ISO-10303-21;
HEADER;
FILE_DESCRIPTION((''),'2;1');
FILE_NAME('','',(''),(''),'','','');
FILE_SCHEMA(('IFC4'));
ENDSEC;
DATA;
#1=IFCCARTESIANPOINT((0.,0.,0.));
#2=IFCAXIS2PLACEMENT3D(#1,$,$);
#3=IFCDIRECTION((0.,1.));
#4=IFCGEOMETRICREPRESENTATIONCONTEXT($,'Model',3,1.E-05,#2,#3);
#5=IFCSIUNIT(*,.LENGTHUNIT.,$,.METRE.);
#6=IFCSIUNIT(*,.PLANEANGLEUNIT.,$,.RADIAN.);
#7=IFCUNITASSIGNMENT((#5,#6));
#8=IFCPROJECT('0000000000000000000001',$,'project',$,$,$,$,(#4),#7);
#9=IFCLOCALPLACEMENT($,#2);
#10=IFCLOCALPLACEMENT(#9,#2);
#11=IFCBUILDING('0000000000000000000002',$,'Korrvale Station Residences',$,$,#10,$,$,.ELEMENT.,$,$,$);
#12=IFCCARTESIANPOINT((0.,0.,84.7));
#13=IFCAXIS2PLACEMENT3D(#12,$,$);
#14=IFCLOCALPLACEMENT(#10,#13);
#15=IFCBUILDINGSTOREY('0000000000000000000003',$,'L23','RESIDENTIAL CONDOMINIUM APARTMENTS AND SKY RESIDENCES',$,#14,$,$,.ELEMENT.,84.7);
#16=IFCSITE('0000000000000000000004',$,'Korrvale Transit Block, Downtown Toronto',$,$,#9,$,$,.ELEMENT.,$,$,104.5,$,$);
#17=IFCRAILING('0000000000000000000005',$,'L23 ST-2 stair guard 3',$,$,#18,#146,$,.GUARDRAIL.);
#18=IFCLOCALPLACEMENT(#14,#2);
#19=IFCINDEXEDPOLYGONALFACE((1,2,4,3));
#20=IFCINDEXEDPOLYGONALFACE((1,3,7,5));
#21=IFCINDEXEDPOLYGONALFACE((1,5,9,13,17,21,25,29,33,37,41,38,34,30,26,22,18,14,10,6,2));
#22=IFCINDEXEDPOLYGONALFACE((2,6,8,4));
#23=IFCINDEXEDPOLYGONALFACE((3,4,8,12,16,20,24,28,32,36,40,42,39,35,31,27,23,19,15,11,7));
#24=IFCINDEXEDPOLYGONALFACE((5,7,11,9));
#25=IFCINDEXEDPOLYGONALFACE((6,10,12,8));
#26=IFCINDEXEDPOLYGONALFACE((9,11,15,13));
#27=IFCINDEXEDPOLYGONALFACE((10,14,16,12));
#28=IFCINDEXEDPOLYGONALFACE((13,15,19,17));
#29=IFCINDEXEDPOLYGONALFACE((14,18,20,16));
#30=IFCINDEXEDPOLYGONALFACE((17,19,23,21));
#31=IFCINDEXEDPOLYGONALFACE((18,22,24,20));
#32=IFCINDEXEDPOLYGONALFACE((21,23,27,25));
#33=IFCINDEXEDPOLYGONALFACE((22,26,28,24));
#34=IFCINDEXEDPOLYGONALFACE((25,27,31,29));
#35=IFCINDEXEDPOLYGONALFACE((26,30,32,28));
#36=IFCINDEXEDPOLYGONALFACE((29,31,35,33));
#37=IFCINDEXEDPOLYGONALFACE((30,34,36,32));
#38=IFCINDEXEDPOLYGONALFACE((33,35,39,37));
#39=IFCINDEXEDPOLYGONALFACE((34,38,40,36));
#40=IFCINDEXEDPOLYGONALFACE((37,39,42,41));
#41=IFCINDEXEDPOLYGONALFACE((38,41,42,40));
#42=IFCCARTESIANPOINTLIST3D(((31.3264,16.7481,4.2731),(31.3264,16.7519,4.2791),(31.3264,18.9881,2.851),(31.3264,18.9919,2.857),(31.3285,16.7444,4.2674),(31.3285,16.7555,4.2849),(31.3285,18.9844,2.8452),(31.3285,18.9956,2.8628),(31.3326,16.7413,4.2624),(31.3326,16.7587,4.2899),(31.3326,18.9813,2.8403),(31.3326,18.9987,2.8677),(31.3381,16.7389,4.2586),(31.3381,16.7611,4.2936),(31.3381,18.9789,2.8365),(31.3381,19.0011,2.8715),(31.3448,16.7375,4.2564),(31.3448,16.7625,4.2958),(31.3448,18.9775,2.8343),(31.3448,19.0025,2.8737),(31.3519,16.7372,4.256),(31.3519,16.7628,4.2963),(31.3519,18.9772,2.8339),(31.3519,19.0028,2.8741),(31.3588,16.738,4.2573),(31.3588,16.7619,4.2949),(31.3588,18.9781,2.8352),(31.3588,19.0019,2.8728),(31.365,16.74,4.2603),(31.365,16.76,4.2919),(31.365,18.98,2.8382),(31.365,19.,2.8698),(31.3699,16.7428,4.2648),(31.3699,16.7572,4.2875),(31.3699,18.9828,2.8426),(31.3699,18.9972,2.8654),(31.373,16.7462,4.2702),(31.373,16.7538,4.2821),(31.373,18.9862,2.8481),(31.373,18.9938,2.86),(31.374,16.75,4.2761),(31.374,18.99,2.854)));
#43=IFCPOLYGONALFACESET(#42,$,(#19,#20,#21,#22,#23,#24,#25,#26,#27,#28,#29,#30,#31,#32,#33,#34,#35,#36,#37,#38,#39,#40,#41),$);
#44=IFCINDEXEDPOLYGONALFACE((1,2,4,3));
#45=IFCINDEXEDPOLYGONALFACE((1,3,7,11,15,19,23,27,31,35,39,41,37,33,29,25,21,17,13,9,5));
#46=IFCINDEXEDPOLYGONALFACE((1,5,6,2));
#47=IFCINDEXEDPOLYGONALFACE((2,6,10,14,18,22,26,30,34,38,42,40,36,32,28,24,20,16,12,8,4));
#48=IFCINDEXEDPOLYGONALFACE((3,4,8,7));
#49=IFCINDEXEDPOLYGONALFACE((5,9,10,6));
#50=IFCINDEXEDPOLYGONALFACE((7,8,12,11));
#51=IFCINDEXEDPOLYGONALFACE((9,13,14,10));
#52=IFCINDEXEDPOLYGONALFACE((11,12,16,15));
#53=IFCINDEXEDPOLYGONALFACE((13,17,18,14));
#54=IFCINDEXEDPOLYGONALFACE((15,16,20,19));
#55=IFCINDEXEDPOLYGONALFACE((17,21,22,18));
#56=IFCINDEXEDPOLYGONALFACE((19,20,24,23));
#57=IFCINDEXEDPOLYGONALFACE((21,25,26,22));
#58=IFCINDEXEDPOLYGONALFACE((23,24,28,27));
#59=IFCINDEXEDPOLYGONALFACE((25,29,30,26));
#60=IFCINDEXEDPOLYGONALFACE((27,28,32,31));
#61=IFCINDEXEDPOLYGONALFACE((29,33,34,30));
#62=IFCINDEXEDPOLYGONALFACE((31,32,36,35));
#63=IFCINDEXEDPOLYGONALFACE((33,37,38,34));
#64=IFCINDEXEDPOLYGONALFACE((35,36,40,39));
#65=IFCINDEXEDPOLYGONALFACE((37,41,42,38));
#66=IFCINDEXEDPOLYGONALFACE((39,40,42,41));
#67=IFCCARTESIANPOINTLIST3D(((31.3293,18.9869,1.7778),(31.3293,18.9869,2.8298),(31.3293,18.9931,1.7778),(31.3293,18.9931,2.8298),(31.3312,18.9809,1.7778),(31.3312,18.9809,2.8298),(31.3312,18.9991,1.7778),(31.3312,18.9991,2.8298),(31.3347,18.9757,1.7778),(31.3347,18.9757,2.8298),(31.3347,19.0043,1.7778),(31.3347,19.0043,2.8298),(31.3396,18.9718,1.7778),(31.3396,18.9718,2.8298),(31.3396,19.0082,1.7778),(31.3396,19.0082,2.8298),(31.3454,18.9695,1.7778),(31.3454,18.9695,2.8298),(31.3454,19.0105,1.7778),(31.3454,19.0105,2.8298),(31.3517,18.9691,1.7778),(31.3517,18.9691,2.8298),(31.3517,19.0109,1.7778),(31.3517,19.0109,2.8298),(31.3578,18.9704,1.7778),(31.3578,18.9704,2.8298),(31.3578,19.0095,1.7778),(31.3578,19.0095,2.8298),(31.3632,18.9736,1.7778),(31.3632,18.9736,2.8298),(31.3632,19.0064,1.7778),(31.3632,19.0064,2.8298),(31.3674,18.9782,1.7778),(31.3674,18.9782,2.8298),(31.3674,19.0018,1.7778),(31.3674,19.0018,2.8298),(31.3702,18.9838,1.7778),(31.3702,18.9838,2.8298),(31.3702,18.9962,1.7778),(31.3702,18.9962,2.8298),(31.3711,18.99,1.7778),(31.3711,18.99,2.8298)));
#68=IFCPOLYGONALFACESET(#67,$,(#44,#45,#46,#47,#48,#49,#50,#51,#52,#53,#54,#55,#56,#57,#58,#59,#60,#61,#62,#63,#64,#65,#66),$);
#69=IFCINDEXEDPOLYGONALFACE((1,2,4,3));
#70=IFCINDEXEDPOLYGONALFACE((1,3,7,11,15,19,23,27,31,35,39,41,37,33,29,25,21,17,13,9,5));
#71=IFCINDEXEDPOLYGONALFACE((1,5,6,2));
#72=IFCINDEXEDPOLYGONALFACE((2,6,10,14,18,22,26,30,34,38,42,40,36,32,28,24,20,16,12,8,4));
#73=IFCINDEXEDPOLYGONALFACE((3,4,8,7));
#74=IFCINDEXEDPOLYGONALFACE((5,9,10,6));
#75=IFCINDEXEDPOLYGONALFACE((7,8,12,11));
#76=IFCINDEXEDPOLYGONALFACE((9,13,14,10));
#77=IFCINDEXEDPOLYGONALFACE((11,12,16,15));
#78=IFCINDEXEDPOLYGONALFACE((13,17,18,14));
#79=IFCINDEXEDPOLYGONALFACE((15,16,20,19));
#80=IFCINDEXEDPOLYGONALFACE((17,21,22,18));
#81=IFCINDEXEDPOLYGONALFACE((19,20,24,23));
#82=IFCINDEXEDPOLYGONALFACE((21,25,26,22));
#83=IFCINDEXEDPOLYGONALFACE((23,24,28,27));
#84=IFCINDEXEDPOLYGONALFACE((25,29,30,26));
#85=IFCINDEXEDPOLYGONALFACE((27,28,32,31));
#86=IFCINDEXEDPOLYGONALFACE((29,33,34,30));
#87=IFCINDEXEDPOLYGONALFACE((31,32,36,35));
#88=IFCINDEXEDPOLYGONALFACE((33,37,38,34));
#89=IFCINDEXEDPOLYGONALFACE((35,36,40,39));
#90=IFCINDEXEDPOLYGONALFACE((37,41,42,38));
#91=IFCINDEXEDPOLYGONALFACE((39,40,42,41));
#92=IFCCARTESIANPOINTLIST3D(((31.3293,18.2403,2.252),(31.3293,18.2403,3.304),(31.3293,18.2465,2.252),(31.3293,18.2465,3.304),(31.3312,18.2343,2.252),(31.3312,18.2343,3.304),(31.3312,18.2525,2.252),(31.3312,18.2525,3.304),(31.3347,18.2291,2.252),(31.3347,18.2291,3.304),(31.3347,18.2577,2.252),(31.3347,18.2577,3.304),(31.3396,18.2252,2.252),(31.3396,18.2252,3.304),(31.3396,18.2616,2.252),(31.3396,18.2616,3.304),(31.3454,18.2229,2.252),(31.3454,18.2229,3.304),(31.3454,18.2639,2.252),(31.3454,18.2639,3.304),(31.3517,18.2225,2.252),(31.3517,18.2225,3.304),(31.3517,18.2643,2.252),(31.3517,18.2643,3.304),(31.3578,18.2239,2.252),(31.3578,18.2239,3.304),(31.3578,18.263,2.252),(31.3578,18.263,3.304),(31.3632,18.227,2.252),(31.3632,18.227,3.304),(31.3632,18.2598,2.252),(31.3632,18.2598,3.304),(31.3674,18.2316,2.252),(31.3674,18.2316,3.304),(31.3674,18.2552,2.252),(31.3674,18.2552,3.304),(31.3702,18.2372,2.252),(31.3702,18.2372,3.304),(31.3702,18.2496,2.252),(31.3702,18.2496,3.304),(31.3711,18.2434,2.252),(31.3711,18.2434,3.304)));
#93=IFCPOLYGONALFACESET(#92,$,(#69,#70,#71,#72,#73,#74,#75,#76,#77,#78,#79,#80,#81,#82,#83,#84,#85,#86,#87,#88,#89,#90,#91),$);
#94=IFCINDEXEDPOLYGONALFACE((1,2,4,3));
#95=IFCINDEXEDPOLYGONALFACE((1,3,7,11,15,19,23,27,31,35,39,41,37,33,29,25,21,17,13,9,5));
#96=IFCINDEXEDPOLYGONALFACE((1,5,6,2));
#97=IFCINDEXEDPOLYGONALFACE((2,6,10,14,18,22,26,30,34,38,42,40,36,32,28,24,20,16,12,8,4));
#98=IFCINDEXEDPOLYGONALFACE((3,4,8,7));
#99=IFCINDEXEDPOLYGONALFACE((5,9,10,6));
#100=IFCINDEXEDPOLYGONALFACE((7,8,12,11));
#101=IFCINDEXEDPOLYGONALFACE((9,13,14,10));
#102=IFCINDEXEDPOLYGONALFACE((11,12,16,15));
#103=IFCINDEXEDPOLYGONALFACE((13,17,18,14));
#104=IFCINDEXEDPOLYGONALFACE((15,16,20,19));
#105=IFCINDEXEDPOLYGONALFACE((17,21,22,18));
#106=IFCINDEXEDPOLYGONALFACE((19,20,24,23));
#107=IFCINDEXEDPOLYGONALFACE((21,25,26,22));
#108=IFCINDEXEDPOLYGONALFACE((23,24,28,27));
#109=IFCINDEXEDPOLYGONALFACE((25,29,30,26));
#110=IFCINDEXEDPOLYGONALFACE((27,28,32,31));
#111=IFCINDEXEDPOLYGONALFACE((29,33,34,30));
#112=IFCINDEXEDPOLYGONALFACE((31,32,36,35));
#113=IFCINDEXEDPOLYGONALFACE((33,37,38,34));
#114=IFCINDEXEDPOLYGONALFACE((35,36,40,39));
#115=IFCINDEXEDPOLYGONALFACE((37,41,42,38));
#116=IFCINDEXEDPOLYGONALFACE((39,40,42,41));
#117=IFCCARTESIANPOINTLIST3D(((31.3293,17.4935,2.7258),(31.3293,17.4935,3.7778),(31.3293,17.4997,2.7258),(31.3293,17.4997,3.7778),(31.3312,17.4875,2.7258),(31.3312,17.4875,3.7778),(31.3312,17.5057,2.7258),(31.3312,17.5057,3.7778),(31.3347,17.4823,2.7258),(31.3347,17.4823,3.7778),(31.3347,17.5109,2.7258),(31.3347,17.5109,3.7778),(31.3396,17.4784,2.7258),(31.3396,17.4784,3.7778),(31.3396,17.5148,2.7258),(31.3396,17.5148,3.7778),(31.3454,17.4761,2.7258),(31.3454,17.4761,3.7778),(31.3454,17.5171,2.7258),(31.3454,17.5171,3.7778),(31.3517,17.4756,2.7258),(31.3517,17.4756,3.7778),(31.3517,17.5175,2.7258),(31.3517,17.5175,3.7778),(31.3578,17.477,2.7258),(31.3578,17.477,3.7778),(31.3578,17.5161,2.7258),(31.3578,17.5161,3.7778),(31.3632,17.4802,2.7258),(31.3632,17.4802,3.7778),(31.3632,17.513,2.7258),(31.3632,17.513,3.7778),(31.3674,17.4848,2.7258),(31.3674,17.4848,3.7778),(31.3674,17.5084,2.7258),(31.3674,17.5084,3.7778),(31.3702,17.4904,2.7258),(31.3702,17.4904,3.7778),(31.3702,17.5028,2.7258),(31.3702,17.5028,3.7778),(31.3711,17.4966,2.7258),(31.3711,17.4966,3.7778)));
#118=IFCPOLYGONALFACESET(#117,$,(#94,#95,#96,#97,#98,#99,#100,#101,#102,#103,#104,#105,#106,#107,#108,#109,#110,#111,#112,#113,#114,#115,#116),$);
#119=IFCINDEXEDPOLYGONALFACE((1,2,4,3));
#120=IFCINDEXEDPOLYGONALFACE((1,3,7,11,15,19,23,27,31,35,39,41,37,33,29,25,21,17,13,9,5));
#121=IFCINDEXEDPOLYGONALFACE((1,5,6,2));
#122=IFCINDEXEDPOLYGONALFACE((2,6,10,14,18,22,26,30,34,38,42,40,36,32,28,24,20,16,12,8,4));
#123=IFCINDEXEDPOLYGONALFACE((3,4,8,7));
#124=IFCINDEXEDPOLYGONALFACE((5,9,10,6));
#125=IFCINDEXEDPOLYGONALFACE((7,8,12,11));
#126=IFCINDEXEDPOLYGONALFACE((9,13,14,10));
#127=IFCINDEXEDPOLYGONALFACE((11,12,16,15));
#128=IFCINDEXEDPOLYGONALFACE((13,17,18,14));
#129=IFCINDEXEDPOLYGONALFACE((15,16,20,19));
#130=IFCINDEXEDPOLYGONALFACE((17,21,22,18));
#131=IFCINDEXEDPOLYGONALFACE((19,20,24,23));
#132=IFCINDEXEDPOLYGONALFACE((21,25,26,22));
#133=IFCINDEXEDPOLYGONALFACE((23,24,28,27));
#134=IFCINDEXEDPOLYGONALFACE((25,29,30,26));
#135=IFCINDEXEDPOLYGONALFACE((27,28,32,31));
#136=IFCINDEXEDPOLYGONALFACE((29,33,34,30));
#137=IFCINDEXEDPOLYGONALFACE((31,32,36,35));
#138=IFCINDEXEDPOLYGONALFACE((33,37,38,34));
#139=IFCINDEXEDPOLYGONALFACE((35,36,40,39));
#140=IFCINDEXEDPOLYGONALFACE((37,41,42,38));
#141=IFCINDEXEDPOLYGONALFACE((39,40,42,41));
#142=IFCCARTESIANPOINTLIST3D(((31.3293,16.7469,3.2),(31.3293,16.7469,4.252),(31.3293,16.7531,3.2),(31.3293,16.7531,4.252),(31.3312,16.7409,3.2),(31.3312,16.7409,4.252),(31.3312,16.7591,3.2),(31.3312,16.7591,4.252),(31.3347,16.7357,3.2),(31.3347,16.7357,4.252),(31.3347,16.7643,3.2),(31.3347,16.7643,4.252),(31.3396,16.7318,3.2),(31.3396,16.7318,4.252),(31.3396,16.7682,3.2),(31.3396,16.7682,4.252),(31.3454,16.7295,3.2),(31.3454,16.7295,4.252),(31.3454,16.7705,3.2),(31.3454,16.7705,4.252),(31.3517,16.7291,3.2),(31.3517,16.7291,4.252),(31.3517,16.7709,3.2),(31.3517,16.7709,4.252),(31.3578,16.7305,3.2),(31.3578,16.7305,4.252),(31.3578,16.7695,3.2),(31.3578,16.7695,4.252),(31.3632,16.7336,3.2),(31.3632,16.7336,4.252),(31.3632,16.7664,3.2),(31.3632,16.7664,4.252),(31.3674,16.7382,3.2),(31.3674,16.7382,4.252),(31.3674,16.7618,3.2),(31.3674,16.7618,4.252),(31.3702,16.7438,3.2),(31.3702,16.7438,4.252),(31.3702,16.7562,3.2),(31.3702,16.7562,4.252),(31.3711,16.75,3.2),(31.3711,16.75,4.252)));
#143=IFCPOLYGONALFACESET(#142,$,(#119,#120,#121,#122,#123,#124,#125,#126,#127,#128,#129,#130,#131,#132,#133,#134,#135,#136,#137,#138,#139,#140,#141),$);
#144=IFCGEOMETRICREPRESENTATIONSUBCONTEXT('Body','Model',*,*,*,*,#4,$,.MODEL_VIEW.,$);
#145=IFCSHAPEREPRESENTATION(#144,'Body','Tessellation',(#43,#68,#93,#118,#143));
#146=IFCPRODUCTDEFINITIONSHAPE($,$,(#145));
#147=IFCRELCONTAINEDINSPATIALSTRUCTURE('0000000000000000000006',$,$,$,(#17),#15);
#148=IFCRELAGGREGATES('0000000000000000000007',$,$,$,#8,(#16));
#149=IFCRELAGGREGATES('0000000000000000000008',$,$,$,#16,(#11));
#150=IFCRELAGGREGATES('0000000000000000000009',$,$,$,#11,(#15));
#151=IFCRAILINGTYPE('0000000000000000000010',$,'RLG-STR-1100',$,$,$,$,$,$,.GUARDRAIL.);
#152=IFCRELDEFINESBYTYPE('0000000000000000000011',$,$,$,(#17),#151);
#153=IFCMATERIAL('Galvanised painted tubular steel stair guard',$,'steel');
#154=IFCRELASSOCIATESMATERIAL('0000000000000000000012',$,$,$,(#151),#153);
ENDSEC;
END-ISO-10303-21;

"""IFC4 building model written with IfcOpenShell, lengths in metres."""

from ifc_helpers import new_model, si_unit, direction, frame, origin, origin_2d, place, context, subcontext, project, spatial, circle, extrude, material, type_object, element, save


model = new_model("IFC4")

# Units and contexts
model_context = context("Model", 3, precision=1e-05, world=origin(), true_north=direction((0.0, 1.0)))
body_context = subcontext(model_context, "Body", "Model", "MODEL_VIEW")
ifc_project = project(units=[si_unit("LENGTHUNIT", "METRE"), si_unit("PLANEANGLEUNIT", "RADIAN")], contexts=[model_context])

# Site, building, storey
site_placement = place(None, origin())
site = spatial("IfcSite", under=ifc_project, at=site_placement, Name="Korrvale Transit Block, Downtown Toronto", CompositionType="ELEMENT", RefElevation=104.5)
building_placement = place(site_placement, origin())
building = spatial("IfcBuilding", under=site, at=building_placement, Name="Korrvale Station Residences", CompositionType="ELEMENT")
storey_placement = place(building_placement, frame((0.0, 0.0, 84.7)))
storey = spatial("IfcBuildingStorey", under=building, at=storey_placement, Name="L23", Description="RESIDENTIAL CONDOMINIUM APARTMENTS AND SKY RESIDENCES", CompositionType="ELEMENT", Elevation=84.7)

# Railing
ifc_material_1 = material(Name="Galvanised painted tubular steel stair guard", Category="steel")
railing_type_1 = type_object("IfcRailingType", Name="RLG-STR-1100", PredefinedType="GUARDRAIL", material=ifc_material_1)
railing_1_placement = place(storey_placement, frame((31.3501, 18.99, 1.7778)))
element("IfcRailing", 1, at=railing_1_placement, inside=storey, type_object=railing_type_1, Name="L23 ST-2 stair guard 3", PredefinedType="GUARDRAIL", context=body_context, shape_type="SweptSolid", body=[
    extrude(circle(Radius=0.0239, at=origin_2d()), frame((0.0, 0.0, 1.0762), z_axis=(0.0, -0.844229, 0.535982), x_axis=(1.0, 0.0, 0.0)), (0.0, 0.0, 1.0), 2.6533),
    extrude(circle(Radius=0.021, at=origin_2d()), origin(), (0.0, 0.0, 1.0), 1.052),
    extrude(circle(Radius=0.021, at=origin_2d()), frame((0.0, -0.7466, 0.4741)), (0.0, 0.0, 1.0), 1.052),
    extrude(circle(Radius=0.021, at=origin_2d()), frame((0.0, -1.4934, 0.948)), (0.0, 0.0, 1.0), 1.052),
    extrude(circle(Radius=0.021, at=origin_2d()), frame((0.0, -2.24, 1.4221)), (0.0, 0.0, 1.0), 1.052),
])

save(model, "model.ifc")
